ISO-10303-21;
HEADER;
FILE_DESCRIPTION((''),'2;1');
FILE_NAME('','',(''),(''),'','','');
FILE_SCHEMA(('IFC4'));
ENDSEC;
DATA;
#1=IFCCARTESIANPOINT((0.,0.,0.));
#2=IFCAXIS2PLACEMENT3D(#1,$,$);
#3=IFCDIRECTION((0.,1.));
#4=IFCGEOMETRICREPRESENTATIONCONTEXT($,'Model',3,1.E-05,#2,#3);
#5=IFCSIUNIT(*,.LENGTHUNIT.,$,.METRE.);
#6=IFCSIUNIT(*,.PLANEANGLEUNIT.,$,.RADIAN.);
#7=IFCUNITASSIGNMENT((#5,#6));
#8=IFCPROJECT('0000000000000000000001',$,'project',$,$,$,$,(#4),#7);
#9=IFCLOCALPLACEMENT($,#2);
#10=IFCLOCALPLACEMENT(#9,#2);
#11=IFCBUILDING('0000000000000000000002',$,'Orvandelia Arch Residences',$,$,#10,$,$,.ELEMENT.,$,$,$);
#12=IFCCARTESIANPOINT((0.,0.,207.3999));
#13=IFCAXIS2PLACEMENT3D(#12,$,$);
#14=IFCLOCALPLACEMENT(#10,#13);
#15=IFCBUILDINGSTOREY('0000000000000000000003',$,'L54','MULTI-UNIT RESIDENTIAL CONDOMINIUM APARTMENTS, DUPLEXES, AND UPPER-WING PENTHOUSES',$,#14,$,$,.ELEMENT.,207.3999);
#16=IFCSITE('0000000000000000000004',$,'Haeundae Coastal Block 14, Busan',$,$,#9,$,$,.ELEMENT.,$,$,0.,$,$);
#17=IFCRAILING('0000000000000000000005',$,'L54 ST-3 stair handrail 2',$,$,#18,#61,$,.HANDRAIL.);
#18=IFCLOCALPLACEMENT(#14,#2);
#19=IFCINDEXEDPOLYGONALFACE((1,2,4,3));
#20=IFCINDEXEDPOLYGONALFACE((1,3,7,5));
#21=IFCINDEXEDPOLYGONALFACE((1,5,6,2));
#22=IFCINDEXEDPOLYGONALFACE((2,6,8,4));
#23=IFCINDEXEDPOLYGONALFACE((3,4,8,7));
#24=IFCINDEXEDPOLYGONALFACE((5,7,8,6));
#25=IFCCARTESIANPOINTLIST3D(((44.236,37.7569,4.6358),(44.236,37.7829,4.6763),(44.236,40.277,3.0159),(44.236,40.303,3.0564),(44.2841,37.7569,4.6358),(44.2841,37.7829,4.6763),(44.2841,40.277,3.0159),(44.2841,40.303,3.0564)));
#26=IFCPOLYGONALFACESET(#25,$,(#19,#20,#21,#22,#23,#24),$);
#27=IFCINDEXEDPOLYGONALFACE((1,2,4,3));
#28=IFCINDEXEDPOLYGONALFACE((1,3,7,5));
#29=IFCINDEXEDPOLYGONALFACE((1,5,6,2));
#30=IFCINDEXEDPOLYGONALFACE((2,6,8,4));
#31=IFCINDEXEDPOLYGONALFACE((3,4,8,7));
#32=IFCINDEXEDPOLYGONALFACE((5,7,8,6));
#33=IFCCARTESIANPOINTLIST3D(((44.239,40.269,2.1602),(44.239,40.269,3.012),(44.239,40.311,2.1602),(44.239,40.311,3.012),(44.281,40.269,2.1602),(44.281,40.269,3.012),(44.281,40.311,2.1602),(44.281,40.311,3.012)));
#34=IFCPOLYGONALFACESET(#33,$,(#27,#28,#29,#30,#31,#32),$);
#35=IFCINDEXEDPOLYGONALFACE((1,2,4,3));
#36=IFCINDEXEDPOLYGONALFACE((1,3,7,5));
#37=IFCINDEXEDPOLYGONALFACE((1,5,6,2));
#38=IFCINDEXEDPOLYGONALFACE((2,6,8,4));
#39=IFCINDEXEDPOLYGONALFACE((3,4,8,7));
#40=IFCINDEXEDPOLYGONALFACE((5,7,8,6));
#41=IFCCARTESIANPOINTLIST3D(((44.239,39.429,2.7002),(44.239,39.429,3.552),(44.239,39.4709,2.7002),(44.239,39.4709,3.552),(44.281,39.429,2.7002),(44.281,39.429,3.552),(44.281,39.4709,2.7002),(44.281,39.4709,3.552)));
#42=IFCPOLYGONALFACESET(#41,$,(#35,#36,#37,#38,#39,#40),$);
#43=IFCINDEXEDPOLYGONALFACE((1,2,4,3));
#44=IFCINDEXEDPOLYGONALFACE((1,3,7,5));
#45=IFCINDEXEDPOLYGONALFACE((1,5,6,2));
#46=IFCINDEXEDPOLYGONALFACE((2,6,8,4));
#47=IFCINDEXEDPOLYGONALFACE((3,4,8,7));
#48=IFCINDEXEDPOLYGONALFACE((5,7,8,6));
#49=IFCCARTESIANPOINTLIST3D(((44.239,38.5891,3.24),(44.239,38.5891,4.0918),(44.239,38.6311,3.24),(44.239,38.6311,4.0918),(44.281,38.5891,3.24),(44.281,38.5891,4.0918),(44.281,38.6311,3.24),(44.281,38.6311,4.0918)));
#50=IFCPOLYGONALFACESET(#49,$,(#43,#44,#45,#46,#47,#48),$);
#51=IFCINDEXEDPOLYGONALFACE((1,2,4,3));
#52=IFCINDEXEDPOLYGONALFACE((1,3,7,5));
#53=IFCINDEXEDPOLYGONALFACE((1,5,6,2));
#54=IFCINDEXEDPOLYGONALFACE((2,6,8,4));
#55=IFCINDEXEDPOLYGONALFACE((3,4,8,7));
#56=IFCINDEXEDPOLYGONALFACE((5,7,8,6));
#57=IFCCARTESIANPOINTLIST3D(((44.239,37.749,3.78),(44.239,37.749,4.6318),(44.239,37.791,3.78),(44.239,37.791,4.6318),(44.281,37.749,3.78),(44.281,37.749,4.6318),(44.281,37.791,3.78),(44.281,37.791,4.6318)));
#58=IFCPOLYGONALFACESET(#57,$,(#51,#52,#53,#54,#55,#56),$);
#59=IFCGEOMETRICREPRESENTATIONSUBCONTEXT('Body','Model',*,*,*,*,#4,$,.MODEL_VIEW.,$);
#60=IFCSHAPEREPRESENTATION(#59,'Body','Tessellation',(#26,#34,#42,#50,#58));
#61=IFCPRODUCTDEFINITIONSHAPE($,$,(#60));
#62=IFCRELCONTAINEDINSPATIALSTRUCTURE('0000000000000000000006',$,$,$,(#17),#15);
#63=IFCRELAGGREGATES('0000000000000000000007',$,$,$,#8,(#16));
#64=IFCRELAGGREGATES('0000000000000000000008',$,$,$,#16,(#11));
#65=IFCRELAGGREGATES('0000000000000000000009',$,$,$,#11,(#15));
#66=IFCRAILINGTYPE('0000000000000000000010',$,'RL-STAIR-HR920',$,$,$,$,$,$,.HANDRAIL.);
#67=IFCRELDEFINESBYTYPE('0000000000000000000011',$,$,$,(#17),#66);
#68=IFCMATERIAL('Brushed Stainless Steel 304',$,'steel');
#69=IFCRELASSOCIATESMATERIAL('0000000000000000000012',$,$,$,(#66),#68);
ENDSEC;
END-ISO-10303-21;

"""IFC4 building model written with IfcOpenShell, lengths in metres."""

from ifc_helpers import new_model, si_unit, direction, frame, origin, origin_2d, place, context, subcontext, project, spatial, rectangle, extrude, material, type_object, element, save


model = new_model("IFC4")

# Units and contexts
model_context = context("Model", 3, precision=1e-05, world=origin(), true_north=direction((0.0, 1.0)))
body_context = subcontext(model_context, "Body", "Model", "MODEL_VIEW")
ifc_project = project(units=[si_unit("LENGTHUNIT", "METRE"), si_unit("PLANEANGLEUNIT", "RADIAN")], contexts=[model_context])

# Site, building, storey
site_placement = place(None, origin())
site = spatial("IfcSite", under=ifc_project, at=site_placement, Name="Haeundae Coastal Block 14, Busan", CompositionType="ELEMENT", RefElevation=0.0)
building_placement = place(site_placement, origin())
building = spatial("IfcBuilding", under=site, at=building_placement, Name="Orvandelia Arch Residences", CompositionType="ELEMENT")
storey_placement = place(building_placement, frame((0.0, 0.0, 207.3999)))
storey = spatial("IfcBuildingStorey", under=building, at=storey_placement, Name="L54", Description="MULTI-UNIT RESIDENTIAL CONDOMINIUM APARTMENTS, DUPLEXES, AND UPPER-WING PENTHOUSES", CompositionType="ELEMENT", Elevation=207.3999)

# Railing
ifc_material_1 = material(Name="Brushed Stainless Steel 304", Category="steel")
railing_type_1 = type_object("IfcRailingType", Name="RL-STAIR-HR920", PredefinedType="HANDRAIL", material=ifc_material_1)
railing_1_placement = place(storey_placement, frame((44.26, 40.29, 2.1602)))
element("IfcRailing", 1, at=railing_1_placement, inside=storey, type_object=railing_type_1, Name="L54 ST-3 stair handrail 2", PredefinedType="HANDRAIL", context=body_context, shape_type="SweptSolid", body=[
    extrude(rectangle(XDim=0.0481, YDim=0.0481, at=origin_2d()), frame((0.0, 0.0, 0.876), z_axis=(0.0, -0.8412, 0.540725), x_axis=(1.0, 0.0, 0.0)), (0.0, 0.0, 1.0), 2.9958),
    extrude(rectangle(XDim=0.042, YDim=0.042, at=origin_2d()), origin(), (0.0, 0.0, 1.0), 0.8518),
    extrude(rectangle(XDim=0.042, YDim=0.042, at=origin_2d()), frame((0.0, -0.8401, 0.54)), (0.0, 0.0, 1.0), 0.8518),
    extrude(rectangle(XDim=0.042, YDim=0.042, at=origin_2d()), frame((0.0, -1.6799, 1.0798)), (0.0, 0.0, 1.0), 0.8518),
    extrude(rectangle(XDim=0.042, YDim=0.042, at=origin_2d()), frame((0.0, -2.52, 1.6199)), (0.0, 0.0, 1.0), 0.8518),
])

save(model, "model.ifc")
